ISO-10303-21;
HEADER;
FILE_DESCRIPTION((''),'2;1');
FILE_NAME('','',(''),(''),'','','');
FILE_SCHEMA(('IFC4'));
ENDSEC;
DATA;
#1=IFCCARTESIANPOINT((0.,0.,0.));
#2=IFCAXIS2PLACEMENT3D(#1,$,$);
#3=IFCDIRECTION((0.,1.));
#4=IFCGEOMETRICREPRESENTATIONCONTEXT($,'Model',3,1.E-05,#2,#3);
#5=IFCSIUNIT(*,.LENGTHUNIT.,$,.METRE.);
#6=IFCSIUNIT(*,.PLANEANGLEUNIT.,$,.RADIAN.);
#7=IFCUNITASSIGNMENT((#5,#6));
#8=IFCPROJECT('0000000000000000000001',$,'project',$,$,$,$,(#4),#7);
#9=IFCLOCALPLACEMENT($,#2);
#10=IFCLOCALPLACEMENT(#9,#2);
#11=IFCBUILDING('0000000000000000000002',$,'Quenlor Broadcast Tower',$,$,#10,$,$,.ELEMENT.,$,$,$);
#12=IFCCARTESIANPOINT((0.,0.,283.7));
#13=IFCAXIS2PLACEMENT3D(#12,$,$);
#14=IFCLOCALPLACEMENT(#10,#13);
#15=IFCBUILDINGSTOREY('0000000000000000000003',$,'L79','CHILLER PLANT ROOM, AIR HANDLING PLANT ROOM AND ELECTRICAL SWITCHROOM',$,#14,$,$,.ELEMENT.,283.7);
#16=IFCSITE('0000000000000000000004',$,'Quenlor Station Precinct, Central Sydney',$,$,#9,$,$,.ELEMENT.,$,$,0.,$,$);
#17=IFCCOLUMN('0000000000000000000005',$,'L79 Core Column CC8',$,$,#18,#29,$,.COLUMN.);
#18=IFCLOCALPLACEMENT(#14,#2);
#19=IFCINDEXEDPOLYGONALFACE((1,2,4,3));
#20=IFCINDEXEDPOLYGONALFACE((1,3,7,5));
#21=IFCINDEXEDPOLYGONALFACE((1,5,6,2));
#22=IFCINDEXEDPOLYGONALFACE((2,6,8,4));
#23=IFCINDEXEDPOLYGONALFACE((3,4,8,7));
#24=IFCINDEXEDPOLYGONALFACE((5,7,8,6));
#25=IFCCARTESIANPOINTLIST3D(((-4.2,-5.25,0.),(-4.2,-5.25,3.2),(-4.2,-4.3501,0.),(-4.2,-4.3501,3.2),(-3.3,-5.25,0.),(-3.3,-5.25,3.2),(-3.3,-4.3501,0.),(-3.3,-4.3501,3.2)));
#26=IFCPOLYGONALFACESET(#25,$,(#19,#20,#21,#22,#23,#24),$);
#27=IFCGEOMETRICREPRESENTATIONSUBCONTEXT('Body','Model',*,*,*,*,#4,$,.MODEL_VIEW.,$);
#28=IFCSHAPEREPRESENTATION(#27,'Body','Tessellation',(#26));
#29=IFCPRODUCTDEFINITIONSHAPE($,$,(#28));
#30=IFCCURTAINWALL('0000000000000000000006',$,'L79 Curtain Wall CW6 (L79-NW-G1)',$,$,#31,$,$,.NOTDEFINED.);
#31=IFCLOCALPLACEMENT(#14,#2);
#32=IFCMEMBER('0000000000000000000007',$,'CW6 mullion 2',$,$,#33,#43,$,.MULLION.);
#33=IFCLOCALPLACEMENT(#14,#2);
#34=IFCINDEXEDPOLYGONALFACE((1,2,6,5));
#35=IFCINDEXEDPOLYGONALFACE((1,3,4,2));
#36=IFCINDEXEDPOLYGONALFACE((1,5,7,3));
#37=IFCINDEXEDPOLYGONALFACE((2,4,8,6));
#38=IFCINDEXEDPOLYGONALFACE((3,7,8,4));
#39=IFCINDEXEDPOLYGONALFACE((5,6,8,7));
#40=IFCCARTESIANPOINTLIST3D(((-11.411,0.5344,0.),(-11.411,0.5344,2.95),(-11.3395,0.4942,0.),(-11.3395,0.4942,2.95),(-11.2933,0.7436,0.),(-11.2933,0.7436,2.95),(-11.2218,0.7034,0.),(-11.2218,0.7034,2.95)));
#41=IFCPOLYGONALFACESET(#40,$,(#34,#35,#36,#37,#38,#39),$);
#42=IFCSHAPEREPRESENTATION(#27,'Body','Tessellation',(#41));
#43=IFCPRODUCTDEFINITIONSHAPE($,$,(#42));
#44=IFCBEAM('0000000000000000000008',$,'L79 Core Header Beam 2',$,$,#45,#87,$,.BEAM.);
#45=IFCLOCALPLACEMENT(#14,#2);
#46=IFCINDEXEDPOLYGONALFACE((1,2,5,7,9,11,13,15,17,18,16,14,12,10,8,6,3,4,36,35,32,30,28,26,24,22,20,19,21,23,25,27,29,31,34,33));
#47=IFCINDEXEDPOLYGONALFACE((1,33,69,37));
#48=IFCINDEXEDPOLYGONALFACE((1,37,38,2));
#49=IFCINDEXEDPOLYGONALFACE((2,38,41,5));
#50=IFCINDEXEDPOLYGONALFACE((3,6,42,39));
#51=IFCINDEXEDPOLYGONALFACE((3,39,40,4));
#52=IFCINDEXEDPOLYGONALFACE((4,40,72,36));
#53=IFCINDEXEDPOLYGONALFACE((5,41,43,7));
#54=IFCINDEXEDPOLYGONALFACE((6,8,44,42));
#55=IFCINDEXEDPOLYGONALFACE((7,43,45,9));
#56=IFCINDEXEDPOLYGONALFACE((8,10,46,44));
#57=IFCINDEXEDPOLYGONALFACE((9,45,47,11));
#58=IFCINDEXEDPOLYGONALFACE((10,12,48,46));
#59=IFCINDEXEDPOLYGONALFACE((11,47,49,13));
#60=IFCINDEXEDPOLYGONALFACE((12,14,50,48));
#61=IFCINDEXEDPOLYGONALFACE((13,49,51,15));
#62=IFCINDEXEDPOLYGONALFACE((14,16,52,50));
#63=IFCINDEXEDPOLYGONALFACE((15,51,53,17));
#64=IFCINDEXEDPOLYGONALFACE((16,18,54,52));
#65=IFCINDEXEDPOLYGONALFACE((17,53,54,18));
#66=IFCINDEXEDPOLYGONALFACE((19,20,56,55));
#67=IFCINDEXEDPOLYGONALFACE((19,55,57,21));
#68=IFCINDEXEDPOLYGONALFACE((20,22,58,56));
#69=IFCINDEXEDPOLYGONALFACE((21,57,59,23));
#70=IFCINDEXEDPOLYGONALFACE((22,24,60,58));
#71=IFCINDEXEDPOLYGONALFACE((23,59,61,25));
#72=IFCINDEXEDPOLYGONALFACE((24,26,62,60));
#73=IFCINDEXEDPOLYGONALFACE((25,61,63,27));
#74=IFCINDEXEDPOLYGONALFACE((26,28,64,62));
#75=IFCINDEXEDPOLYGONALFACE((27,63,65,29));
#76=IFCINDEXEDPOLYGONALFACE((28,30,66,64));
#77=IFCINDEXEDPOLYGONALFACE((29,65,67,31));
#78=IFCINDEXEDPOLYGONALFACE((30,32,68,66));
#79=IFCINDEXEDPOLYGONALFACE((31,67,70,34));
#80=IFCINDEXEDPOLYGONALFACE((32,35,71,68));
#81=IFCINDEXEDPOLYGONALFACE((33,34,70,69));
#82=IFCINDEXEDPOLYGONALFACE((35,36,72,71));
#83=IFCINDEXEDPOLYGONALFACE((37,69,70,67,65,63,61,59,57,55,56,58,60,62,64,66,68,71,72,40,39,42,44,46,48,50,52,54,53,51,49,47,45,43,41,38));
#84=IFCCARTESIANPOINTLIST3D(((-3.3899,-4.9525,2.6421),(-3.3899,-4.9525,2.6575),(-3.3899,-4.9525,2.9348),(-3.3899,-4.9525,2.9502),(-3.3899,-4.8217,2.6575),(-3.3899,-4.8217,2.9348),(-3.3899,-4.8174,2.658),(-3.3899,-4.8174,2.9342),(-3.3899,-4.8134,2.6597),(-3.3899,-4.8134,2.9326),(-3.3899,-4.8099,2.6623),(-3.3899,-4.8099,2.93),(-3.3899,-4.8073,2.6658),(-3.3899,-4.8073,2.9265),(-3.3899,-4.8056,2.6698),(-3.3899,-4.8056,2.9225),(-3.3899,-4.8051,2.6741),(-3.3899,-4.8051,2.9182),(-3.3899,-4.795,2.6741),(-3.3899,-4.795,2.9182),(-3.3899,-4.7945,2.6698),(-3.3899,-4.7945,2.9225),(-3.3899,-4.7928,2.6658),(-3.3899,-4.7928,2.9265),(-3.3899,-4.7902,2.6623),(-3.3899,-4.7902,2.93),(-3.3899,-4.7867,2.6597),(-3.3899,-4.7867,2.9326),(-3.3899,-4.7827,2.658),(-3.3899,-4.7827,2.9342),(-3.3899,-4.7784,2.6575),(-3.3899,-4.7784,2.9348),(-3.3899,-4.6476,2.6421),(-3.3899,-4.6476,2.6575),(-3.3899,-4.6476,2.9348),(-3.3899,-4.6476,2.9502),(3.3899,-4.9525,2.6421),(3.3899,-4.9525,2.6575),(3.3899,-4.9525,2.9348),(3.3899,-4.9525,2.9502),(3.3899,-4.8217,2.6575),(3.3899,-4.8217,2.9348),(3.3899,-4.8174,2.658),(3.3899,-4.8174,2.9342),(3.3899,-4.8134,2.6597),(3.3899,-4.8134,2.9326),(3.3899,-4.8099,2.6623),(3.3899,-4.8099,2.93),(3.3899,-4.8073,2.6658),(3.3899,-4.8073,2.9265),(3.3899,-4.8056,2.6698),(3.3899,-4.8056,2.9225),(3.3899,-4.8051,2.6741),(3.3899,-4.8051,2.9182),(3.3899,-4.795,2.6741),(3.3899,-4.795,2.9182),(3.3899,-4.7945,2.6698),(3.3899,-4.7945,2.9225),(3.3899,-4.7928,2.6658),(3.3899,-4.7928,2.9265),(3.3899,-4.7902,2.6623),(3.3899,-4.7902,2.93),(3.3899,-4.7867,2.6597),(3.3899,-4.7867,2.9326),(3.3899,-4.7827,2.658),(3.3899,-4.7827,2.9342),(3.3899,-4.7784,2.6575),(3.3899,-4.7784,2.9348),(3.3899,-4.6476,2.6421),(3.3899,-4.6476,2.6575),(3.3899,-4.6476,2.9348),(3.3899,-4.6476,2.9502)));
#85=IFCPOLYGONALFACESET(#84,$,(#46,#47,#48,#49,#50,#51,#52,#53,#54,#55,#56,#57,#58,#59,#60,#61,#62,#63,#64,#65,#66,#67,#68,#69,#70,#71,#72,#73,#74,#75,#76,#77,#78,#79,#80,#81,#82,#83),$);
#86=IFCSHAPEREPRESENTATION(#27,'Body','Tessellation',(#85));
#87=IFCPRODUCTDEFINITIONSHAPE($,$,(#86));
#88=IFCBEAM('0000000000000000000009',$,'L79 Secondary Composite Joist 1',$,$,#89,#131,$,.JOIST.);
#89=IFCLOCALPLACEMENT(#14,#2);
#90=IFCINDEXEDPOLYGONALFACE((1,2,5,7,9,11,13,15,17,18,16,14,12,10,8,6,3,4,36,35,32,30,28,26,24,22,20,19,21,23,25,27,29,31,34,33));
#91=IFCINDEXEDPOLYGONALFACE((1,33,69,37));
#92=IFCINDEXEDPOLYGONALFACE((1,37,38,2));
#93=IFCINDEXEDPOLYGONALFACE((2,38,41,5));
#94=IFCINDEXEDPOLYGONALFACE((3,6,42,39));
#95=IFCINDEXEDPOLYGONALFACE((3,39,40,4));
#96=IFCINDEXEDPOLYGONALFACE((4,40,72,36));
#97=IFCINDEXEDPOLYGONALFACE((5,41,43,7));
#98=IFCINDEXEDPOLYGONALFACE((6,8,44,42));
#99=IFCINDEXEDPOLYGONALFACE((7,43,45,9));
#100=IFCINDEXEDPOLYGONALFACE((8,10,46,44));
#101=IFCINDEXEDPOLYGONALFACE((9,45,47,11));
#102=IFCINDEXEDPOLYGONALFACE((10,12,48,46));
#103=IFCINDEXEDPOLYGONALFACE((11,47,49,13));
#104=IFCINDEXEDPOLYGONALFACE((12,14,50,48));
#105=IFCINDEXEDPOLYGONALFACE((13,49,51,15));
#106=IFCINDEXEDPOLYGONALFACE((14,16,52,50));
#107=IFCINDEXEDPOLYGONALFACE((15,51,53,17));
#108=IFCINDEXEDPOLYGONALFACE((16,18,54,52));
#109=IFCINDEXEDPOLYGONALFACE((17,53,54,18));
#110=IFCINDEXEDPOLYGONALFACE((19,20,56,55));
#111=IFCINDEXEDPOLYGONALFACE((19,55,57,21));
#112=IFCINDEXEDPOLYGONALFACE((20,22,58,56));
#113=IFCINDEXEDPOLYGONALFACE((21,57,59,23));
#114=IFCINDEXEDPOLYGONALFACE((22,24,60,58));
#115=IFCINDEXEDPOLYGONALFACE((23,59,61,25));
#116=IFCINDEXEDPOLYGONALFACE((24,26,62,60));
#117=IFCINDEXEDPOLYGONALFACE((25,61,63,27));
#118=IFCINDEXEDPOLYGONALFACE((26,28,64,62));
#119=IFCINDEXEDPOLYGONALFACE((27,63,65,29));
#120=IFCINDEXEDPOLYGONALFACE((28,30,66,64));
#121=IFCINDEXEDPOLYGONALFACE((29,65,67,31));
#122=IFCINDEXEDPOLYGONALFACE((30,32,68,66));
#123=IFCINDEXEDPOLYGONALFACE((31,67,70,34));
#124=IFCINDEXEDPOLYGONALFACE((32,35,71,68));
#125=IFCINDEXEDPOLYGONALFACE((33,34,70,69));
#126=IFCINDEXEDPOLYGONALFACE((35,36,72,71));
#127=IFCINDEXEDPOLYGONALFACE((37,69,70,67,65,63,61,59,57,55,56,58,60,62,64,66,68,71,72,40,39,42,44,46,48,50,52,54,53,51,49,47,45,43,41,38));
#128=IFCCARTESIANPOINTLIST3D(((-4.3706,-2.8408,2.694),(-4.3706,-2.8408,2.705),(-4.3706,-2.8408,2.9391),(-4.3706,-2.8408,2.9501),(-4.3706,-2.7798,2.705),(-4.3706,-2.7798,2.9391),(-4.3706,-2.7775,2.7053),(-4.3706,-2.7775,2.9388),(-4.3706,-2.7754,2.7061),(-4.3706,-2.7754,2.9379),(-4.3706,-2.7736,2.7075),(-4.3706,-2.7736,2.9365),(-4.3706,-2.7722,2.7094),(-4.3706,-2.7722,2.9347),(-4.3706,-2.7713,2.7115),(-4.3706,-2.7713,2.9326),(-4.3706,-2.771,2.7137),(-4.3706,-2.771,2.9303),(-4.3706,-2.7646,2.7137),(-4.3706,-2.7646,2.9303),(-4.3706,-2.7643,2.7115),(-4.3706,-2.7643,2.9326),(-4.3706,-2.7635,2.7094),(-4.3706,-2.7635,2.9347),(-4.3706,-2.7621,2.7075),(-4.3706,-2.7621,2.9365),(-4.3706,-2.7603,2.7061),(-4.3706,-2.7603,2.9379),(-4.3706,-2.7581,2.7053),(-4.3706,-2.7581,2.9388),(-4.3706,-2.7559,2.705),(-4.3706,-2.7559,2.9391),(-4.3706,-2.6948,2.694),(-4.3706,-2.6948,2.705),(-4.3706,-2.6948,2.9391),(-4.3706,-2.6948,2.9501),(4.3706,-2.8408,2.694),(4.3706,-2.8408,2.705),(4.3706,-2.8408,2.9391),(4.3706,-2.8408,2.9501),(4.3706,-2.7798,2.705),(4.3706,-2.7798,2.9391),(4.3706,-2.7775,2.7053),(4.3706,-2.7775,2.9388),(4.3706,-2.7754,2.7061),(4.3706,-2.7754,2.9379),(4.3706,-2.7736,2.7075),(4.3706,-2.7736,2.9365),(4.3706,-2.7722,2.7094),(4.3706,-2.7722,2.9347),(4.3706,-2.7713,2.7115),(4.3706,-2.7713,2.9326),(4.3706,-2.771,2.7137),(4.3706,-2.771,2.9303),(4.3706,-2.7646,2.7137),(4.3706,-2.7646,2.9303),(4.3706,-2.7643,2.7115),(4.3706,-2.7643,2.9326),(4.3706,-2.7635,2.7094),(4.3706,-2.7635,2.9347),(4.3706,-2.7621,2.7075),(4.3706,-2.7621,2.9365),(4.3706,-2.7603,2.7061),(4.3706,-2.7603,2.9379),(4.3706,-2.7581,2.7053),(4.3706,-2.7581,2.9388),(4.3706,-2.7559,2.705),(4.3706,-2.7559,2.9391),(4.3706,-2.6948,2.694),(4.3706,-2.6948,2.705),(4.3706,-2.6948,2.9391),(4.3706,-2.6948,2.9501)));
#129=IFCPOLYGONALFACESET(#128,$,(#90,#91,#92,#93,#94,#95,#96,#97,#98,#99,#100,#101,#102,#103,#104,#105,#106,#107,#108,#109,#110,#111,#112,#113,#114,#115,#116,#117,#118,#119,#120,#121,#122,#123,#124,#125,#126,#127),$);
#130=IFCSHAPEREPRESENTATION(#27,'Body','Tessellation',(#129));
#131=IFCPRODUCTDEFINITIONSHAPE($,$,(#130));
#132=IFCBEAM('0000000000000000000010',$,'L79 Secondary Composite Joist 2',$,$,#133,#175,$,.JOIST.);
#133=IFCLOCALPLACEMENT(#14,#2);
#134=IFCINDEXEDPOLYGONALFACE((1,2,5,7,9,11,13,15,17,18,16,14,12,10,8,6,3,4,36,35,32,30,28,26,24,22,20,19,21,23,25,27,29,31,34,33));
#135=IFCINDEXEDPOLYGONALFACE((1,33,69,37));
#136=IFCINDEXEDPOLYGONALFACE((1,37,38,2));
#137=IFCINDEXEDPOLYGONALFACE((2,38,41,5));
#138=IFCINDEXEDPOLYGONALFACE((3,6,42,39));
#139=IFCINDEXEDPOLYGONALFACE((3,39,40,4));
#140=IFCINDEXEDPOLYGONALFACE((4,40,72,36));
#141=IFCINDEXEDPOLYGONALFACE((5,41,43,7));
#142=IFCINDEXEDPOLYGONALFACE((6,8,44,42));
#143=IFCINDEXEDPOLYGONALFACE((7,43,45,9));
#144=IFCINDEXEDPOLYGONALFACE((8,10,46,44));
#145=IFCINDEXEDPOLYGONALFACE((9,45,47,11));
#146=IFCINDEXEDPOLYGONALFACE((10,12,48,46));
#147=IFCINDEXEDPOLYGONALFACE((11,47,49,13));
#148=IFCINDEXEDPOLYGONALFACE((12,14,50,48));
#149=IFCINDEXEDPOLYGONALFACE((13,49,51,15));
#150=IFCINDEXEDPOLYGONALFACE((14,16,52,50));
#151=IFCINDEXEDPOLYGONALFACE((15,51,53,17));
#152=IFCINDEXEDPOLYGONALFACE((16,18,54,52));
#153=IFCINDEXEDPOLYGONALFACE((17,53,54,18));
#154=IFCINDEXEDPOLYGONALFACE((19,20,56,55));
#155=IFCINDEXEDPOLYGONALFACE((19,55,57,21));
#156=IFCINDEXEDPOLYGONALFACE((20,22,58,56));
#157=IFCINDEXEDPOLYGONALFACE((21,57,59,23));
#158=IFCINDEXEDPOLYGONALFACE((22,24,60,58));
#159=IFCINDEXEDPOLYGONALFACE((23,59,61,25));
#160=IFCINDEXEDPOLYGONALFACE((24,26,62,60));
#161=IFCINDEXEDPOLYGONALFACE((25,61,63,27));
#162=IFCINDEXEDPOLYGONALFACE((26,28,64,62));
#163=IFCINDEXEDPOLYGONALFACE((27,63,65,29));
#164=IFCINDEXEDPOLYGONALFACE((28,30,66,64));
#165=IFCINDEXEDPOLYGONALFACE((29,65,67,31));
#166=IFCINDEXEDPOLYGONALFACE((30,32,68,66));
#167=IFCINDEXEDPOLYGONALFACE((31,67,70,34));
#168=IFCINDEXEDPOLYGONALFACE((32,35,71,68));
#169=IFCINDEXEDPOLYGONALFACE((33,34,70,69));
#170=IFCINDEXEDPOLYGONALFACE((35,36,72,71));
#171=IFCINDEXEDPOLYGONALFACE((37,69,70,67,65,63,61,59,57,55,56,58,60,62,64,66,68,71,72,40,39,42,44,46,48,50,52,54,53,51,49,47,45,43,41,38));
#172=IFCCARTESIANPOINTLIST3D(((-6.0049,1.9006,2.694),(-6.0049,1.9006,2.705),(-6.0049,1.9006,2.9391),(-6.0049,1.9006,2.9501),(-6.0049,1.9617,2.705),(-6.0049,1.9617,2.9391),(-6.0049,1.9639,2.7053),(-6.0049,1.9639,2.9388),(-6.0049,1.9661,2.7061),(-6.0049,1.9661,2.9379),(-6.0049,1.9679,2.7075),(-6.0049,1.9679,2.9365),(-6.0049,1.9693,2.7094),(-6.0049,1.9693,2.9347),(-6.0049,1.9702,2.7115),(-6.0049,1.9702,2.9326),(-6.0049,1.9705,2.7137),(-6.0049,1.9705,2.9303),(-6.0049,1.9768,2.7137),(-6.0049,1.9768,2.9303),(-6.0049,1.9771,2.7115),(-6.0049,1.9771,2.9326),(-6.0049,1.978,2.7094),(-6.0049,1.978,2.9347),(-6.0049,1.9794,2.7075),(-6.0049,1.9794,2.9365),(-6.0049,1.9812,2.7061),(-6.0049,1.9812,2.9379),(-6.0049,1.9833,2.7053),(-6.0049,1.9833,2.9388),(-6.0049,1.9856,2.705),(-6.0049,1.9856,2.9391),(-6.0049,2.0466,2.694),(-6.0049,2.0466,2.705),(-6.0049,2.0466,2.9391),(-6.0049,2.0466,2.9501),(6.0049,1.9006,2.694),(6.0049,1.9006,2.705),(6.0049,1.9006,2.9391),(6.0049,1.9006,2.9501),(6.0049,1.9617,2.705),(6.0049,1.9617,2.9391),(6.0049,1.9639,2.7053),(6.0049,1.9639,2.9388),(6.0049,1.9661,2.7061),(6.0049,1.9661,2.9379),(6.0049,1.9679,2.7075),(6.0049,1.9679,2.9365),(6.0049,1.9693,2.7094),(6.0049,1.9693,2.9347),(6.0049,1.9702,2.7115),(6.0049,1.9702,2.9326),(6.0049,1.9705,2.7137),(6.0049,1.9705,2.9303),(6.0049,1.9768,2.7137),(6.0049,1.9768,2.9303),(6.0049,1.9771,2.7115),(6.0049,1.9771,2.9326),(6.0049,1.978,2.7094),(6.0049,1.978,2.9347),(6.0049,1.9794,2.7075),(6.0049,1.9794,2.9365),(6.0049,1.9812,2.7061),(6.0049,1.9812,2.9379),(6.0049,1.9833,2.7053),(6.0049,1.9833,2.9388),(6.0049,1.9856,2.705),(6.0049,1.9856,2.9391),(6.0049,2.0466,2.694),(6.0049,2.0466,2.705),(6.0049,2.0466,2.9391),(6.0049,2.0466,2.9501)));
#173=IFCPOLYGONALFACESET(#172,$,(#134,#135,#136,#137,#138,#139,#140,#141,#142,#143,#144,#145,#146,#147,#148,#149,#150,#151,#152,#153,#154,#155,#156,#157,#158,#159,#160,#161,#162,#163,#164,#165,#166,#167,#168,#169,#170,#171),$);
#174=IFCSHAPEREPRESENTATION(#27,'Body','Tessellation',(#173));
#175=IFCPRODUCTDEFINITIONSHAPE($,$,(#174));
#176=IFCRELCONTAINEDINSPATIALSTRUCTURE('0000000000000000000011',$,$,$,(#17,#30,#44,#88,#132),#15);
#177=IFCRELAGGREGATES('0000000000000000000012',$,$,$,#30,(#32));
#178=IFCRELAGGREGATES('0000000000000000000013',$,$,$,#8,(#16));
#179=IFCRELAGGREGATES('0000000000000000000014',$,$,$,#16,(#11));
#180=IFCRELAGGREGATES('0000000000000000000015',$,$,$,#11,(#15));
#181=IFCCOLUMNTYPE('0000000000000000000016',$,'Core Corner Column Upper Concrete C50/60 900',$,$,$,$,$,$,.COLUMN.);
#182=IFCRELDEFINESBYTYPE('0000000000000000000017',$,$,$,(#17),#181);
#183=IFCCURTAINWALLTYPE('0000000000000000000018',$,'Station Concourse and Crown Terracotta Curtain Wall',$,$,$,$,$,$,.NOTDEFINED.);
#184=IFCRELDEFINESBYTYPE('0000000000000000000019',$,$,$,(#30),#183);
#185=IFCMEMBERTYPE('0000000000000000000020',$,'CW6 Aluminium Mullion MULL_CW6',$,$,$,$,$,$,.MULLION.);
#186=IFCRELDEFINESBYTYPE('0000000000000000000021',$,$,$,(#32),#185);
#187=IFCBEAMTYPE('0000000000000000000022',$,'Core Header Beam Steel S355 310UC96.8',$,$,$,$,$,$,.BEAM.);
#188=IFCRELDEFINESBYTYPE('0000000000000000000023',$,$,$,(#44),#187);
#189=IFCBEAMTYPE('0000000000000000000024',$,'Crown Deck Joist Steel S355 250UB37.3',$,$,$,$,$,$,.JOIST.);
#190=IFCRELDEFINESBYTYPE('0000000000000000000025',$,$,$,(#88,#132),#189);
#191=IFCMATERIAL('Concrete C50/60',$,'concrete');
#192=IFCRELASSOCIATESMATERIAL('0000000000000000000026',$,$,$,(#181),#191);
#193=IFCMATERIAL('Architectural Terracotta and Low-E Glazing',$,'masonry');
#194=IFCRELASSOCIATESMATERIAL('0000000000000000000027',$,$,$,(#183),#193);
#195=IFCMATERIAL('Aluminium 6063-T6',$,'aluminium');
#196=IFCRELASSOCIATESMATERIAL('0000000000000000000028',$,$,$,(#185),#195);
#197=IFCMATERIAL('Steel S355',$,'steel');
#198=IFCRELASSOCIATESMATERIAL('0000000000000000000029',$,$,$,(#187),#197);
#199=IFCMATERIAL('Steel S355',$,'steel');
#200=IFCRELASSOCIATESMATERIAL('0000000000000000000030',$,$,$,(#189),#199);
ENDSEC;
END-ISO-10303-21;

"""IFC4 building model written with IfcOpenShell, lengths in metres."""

from ifc_helpers import new_model, si_unit, direction, frame, origin, origin_2d, place, context, subcontext, project, spatial, rectangle, i_section, extrude, material, material_profile, profile_set, type_object, element, aggregate, save


model = new_model("IFC4")

# Units and contexts
model_context = context("Model", 3, precision=1e-05, world=origin(), true_north=direction((0.0, 1.0)))
body_context = subcontext(model_context, "Body", "Model", "MODEL_VIEW")
ifc_project = project(units=[si_unit("LENGTHUNIT", "METRE"), si_unit("PLANEANGLEUNIT", "RADIAN")], contexts=[model_context])

# Site, building, storey
site_placement = place(None, origin())
site = spatial("IfcSite", under=ifc_project, at=site_placement, Name="Quenlor Station Precinct, Central Sydney", CompositionType="ELEMENT", RefElevation=0.0)
building_placement = place(site_placement, origin())
building = spatial("IfcBuilding", under=site, at=building_placement, Name="Quenlor Broadcast Tower", CompositionType="ELEMENT")
storey_placement = place(building_placement, frame((0.0, 0.0, 283.7)))
storey = spatial("IfcBuildingStorey", under=building, at=storey_placement, Name="L79", Description="CHILLER PLANT ROOM, AIR HANDLING PLANT ROOM AND ELECTRICAL SWITCHROOM", CompositionType="ELEMENT", Elevation=283.7)

# Column
ifc_material_1 = material(Name="Concrete C50/60", Category="concrete")
ifc_material_profile_1 = material_profile(ifc_material_1, rectangle(XDim=0.8999, YDim=0.8999, at=origin_2d()))
ifc_profile_set_1 = profile_set([ifc_material_profile_1], Name="Concrete C50/60 RC900x900")
column_type = type_object("IfcColumnType", Name="Core Corner Column Upper Concrete C50/60 900", PredefinedType="COLUMN", material=ifc_profile_set_1)
column_placement = place(storey_placement, frame((-3.75, -4.8, 0.0), z_axis=(0.0, 0.0, 1.0), x_axis=(1.0, 0.0, 0.0)))
element("IfcColumn", 1, at=column_placement, inside=storey, type_object=column_type, Name="L79 Core Column CC8", PredefinedType="COLUMN", context=body_context, shape_type="SweptSolid", body=[
    extrude(rectangle(XDim=0.8999, YDim=0.8999, at=origin_2d()), origin(), (0.0, 0.0, 1.0), 3.2),
])

# Curtain wall, member
ifc_material_2 = material(Name="Architectural Terracotta and Low-E Glazing", Category="masonry")
curtain_wall_type = type_object("IfcCurtainWallType", Name="Station Concourse and Crown Terracotta Curtain Wall", PredefinedType="NOTDEFINED", material=ifc_material_2)
curtain_wall_placement = place(storey_placement, origin())
curtain_wall = element("IfcCurtainWall", 2, at=curtain_wall_placement, inside=storey, type_object=curtain_wall_type, Name="L79 Curtain Wall CW6 (L79-NW-G1)", PredefinedType="NOTDEFINED")
ifc_material_3 = material(Name="Aluminium 6063-T6", Category="aluminium")
ifc_material_profile_2 = material_profile(ifc_material_3, rectangle(XDim=0.082, YDim=0.24, at=origin_2d()))
ifc_profile_set_2 = profile_set([ifc_material_profile_2], Name="Aluminium 6063-T6 MULL82x240")
member_type_1 = type_object("IfcMemberType", Name="CW6 Aluminium Mullion MULL_CW6", PredefinedType="MULLION", material=ifc_profile_set_2)
member_1_placement = place(storey_placement, frame((-11.3164, 0.6189, 0.0), z_axis=(0.0, 0.0, 1.0), x_axis=(-0.871572, 0.490268, 0.0)))
member_1 = element("IfcMember", 3, at=member_1_placement, type_object=member_type_1, Name="CW6 mullion 2", PredefinedType="MULLION", context=body_context, shape_type="SweptSolid", body=[
    extrude(rectangle(XDim=0.082, YDim=0.24, at=origin_2d()), origin(), (0.0, 0.0, 1.0), 2.95),
])

# Beams
ifc_material_4 = material(Name="Steel S355", Category="steel")
ifc_material_profile_3 = material_profile(ifc_material_4, i_section(OverallWidth=0.3049, OverallDepth=0.3081, WebThickness=0.01, FlangeThickness=0.0154, FilletRadius=0.0166, at=origin_2d()))
ifc_profile_set_3 = profile_set([ifc_material_profile_3], Name="Steel S355 310UC96.8")
beam_type_1 = type_object("IfcBeamType", Name="Core Header Beam Steel S355 310UC96.8", PredefinedType="BEAM", material=ifc_profile_set_3)
beam_1_placement = place(storey_placement, frame((-3.3899, -4.8, 2.7961), z_axis=(1.0, 0.0, 0.0), x_axis=(0.0, 1.0, 0.0)))
element("IfcBeam", 4, at=beam_1_placement, inside=storey, type_object=beam_type_1, Name="L79 Core Header Beam 2", PredefinedType="BEAM", context=body_context, shape_type="SweptSolid", body=[
    extrude(i_section(OverallWidth=0.3049, OverallDepth=0.3081, WebThickness=0.01, FlangeThickness=0.0154, FilletRadius=0.0166, at=origin_2d()), origin(), (0.0, 0.0, 1.0), 6.7798),
])
ifc_material_5 = material(Name="Steel S355", Category="steel")
ifc_material_profile_4 = material_profile(ifc_material_5, i_section(OverallWidth=0.146, OverallDepth=0.2561, WebThickness=0.0063, FlangeThickness=0.011, FilletRadius=0.0088, at=origin_2d()))
ifc_profile_set_4 = profile_set([ifc_material_profile_4], Name="Steel S355 250UB37.3")
beam_type_2 = type_object("IfcBeamType", Name="Crown Deck Joist Steel S355 250UB37.3", PredefinedType="JOIST", material=ifc_profile_set_4)
beam_2_placement = place(storey_placement, frame((-4.3706, -2.7678, 2.822), z_axis=(1.0, 0.0, 0.0), x_axis=(0.0, 1.0, 0.0)))
element("IfcBeam", 5, at=beam_2_placement, inside=storey, type_object=beam_type_2, Name="L79 Secondary Composite Joist 1", PredefinedType="JOIST", context=body_context, shape_type="SweptSolid", body=[
    extrude(i_section(OverallWidth=0.146, OverallDepth=0.2561, WebThickness=0.0063, FlangeThickness=0.011, FilletRadius=0.0088, at=origin_2d()), origin(), (0.0, 0.0, 1.0), 8.7412),
])
beam_3_placement = place(storey_placement, frame((-6.0049, 1.9736, 2.822), z_axis=(1.0, 0.0, 0.0), x_axis=(0.0, 1.0, 0.0)))
element("IfcBeam", 6, at=beam_3_placement, inside=storey, type_object=beam_type_2, Name="L79 Secondary Composite Joist 2", PredefinedType="JOIST", context=body_context, shape_type="SweptSolid", body=[
    extrude(i_section(OverallWidth=0.146, OverallDepth=0.2561, WebThickness=0.0063, FlangeThickness=0.011, FilletRadius=0.0088, at=origin_2d()), origin(), (0.0, 0.0, 1.0), 12.0098),
])

aggregate(curtain_wall, [member_1])

save(model, "model.ifc")
